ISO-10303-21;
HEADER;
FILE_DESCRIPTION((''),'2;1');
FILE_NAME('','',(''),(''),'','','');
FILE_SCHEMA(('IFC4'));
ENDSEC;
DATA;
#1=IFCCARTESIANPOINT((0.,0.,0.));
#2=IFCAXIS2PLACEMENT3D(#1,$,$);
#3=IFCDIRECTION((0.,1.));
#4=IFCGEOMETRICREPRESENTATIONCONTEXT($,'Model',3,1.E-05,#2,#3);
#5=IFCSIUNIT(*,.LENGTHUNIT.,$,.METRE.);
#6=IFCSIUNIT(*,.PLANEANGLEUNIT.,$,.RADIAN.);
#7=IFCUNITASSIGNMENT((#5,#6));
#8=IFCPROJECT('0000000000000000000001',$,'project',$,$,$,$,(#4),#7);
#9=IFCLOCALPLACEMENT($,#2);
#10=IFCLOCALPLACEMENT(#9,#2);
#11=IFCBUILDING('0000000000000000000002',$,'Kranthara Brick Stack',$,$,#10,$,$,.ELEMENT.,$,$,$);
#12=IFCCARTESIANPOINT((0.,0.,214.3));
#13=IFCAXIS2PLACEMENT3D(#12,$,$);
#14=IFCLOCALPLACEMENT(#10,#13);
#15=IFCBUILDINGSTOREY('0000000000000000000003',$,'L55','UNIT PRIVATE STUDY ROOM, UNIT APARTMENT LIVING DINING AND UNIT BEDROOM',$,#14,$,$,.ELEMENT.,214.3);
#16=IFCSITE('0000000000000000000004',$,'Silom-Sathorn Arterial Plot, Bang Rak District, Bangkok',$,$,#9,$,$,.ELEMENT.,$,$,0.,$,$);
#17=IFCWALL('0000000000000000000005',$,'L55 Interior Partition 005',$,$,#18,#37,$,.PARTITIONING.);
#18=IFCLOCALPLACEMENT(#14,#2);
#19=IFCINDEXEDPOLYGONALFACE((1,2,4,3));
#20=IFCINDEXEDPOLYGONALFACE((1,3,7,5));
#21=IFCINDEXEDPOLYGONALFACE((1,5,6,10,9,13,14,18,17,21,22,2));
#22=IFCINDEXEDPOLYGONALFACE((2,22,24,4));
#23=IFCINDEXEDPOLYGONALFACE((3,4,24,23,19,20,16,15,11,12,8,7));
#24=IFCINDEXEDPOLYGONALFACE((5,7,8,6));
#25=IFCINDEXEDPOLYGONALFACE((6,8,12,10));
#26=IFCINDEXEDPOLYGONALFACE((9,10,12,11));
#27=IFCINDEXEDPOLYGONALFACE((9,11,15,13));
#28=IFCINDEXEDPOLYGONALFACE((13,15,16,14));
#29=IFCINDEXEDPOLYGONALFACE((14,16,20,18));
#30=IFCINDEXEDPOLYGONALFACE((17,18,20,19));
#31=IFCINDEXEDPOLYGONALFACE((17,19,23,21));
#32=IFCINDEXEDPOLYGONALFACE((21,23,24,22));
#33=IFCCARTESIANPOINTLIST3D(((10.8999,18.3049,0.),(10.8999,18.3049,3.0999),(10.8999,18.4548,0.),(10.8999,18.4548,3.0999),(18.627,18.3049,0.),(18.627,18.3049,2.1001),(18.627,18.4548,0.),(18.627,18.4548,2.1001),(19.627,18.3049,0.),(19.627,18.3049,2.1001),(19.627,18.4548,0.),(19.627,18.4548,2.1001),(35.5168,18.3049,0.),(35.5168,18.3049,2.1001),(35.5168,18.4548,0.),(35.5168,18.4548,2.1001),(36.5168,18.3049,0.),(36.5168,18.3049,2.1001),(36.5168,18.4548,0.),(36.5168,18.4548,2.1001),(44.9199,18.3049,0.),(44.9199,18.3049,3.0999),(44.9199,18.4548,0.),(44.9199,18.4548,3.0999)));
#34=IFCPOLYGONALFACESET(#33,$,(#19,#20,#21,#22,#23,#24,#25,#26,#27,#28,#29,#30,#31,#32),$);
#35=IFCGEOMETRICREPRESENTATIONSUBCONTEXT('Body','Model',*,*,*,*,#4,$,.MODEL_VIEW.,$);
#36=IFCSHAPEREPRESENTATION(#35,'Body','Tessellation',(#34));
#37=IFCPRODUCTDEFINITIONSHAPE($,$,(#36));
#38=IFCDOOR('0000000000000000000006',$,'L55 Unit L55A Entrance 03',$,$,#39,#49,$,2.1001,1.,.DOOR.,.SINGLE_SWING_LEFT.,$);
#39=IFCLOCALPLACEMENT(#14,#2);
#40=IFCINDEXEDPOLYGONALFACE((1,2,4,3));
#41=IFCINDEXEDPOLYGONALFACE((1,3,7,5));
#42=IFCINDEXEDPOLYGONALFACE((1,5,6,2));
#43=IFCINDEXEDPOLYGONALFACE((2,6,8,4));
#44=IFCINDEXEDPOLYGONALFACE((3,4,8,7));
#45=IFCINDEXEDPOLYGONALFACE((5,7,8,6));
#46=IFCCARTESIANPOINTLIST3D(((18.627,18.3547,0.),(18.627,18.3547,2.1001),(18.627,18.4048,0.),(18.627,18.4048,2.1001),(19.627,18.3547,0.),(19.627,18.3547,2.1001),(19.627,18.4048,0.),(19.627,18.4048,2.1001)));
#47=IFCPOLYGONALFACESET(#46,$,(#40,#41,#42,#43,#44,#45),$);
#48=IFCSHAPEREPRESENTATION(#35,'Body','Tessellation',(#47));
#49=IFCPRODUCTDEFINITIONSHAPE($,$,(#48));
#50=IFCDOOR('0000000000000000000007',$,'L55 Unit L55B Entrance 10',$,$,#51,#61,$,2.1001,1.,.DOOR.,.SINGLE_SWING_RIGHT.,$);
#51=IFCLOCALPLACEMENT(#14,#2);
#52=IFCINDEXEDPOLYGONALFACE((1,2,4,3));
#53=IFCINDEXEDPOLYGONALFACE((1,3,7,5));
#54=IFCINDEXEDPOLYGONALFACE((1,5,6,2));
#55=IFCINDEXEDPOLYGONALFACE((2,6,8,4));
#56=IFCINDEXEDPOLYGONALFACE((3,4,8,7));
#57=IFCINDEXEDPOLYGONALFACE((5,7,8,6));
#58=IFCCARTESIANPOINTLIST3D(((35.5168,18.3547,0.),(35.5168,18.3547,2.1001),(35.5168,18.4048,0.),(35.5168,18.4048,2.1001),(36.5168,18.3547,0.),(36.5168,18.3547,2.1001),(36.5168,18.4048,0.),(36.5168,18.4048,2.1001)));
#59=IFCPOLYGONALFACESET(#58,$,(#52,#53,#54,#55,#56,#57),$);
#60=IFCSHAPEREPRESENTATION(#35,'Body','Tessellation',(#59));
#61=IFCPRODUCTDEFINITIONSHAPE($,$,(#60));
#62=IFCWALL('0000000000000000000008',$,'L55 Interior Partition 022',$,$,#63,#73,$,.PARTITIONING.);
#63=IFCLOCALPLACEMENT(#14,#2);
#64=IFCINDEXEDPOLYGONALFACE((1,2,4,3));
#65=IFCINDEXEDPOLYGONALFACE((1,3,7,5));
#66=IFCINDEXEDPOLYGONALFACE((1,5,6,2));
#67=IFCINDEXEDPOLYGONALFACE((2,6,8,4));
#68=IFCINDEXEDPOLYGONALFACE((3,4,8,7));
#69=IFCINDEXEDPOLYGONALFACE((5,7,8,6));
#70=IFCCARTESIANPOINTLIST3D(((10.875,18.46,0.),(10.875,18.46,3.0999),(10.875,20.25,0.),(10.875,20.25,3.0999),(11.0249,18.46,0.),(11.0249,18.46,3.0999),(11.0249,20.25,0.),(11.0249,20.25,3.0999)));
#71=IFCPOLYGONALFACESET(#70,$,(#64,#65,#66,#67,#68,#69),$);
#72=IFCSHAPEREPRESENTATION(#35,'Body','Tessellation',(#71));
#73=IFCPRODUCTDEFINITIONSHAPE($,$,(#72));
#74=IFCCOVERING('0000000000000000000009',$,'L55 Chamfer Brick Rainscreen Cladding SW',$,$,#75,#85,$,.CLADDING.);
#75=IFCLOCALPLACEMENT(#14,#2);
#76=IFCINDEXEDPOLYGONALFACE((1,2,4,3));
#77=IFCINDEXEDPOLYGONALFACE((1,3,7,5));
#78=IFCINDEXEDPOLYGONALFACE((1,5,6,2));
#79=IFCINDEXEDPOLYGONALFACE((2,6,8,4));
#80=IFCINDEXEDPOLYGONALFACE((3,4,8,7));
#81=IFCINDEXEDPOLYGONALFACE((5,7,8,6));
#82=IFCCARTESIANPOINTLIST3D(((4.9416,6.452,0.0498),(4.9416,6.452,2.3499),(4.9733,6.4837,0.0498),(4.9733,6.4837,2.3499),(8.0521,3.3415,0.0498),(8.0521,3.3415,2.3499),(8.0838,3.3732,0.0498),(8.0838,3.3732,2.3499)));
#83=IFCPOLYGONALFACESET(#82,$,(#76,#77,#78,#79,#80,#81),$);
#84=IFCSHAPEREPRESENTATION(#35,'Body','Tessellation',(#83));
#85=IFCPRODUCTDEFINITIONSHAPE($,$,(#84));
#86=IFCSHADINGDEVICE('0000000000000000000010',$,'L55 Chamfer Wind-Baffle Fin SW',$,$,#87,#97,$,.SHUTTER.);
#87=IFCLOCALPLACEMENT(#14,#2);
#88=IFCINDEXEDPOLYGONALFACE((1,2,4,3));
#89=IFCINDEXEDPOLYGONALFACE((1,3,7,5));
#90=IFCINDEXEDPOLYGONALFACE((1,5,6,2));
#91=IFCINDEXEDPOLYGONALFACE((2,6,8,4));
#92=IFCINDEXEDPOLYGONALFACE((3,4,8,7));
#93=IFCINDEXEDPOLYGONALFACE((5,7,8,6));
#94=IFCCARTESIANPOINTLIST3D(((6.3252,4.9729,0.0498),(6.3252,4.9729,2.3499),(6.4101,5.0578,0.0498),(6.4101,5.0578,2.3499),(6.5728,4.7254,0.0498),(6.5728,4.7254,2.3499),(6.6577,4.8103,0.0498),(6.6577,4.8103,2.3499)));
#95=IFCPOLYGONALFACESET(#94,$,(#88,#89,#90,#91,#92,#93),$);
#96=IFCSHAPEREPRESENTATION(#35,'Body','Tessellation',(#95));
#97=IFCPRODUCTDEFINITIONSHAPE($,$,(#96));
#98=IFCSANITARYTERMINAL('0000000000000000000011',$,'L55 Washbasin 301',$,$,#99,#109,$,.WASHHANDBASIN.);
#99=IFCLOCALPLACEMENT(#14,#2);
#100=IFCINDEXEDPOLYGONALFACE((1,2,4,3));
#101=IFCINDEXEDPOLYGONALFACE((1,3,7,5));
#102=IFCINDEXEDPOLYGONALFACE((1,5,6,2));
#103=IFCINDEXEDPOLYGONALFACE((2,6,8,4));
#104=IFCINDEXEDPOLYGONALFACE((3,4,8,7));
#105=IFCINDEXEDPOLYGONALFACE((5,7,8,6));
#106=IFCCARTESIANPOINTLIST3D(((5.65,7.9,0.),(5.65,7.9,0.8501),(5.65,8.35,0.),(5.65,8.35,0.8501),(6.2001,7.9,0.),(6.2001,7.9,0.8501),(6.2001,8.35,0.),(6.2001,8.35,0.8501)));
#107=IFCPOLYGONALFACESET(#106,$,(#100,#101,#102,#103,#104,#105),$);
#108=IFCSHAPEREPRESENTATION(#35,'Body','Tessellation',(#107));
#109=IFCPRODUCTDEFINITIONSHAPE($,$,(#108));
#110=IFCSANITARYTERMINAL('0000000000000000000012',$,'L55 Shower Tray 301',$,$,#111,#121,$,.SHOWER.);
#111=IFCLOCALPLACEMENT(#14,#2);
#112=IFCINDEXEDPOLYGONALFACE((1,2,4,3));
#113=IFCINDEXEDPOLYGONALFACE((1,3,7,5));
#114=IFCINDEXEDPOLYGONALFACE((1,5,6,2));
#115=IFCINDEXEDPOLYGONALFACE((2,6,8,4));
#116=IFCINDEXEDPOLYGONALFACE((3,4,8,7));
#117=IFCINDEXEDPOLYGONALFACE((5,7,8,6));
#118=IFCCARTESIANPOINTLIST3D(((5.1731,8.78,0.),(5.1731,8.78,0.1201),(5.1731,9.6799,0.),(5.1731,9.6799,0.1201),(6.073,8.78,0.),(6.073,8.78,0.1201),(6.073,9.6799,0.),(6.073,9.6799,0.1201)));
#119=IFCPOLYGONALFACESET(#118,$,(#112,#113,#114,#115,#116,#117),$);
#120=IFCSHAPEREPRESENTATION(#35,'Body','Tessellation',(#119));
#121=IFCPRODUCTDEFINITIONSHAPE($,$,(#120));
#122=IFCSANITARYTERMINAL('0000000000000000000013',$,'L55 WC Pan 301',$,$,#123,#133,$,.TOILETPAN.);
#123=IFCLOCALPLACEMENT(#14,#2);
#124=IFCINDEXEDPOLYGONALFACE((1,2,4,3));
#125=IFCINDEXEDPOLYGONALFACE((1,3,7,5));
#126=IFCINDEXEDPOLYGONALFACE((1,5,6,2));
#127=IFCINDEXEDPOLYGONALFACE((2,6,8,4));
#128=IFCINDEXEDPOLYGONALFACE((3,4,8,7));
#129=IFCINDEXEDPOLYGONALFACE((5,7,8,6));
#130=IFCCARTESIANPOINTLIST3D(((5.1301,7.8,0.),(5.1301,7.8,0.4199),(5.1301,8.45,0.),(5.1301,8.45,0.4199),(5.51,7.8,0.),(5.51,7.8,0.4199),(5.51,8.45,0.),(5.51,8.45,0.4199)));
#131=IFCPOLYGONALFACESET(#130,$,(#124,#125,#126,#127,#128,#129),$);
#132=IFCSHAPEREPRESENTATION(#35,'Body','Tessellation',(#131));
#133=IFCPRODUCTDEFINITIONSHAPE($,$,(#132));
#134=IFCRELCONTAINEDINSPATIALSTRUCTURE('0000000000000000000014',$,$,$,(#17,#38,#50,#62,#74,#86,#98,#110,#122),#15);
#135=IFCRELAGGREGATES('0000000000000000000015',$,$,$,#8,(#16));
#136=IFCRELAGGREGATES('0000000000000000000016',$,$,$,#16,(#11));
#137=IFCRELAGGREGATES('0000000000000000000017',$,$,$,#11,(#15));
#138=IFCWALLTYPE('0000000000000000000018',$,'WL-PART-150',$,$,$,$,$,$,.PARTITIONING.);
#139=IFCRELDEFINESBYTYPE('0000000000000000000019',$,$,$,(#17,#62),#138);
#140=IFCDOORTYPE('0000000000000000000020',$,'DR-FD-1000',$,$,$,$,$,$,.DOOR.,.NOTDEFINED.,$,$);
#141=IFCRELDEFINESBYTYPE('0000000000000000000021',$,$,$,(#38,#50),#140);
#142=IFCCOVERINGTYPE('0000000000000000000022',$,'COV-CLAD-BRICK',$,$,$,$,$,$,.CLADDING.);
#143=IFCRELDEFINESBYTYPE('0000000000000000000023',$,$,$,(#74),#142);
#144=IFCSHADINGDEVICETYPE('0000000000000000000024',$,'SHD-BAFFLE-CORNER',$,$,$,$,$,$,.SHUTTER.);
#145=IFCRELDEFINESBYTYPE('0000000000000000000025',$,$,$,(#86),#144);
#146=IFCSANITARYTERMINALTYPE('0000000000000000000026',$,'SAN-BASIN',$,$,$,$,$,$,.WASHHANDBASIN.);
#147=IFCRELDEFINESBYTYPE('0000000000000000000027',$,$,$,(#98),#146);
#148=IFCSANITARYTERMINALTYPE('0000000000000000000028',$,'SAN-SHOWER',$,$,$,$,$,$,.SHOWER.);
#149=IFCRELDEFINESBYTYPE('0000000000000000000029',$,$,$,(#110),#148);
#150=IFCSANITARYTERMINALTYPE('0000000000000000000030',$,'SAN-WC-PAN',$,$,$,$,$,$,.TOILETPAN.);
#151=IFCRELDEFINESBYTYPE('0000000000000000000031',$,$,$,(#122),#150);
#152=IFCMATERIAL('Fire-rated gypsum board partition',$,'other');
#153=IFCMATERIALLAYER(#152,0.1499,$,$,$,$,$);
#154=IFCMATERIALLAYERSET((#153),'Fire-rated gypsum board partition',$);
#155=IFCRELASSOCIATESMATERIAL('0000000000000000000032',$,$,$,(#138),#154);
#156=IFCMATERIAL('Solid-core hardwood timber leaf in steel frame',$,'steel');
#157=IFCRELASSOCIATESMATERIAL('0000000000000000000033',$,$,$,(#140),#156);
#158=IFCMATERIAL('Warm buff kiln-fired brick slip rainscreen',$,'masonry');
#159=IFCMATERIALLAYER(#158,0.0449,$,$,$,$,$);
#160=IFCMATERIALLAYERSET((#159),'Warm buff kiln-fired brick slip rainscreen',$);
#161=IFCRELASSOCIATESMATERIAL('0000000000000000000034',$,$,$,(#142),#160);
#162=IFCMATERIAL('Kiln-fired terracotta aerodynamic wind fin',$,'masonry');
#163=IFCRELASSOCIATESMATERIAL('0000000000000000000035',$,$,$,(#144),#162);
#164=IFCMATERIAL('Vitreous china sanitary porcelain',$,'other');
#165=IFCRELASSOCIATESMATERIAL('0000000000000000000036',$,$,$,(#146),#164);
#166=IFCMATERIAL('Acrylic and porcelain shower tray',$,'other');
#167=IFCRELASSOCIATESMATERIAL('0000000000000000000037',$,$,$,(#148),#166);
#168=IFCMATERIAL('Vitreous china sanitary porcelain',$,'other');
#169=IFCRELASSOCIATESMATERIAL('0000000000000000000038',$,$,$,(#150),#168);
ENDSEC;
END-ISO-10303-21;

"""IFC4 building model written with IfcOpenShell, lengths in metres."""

from ifc_helpers import new_model, si_unit, direction, frame, frame_2d, origin, origin_2d, place, context, subcontext, project, spatial, rectangle, extrude, material, layer, layer_set, type_object, element, fill, save


model = new_model("IFC4")

# Units and contexts
model_context = context("Model", 3, precision=1e-05, world=origin(), true_north=direction((0.0, 1.0)))
body_context = subcontext(model_context, "Body", "Model", "MODEL_VIEW")
ifc_project = project(units=[si_unit("LENGTHUNIT", "METRE"), si_unit("PLANEANGLEUNIT", "RADIAN")], contexts=[model_context])

# Site, building, storey
site_placement = place(None, origin())
site = spatial("IfcSite", under=ifc_project, at=site_placement, Name="Silom-Sathorn Arterial Plot, Bang Rak District, Bangkok", CompositionType="ELEMENT", RefElevation=0.0)
building_placement = place(site_placement, origin())
building = spatial("IfcBuilding", under=site, at=building_placement, Name="Kranthara Brick Stack", CompositionType="ELEMENT")
storey_placement = place(building_placement, frame((0.0, 0.0, 214.3)))
storey = spatial("IfcBuildingStorey", under=building, at=storey_placement, Name="L55", Description="UNIT PRIVATE STUDY ROOM, UNIT APARTMENT LIVING DINING AND UNIT BEDROOM", CompositionType="ELEMENT", Elevation=214.3)

# Wall, openings, doors
ifc_material_1 = material(Name="Fire-rated gypsum board partition", Category="other")
ifc_layer_1 = layer(ifc_material_1, 0.1499)
ifc_layer_set_1 = layer_set([ifc_layer_1], Name="Fire-rated gypsum board partition")
wall_type_1 = type_object("IfcWallType", Name="WL-PART-150", PredefinedType="PARTITIONING", material=ifc_layer_set_1)
wall_1_placement = place(storey_placement, frame((10.8999, 18.3799, 0.0), z_axis=(0.0, 0.0, 1.0), x_axis=(1.0, 0.0, 0.0)))
wall_1 = element("IfcWall", 1, at=wall_1_placement, inside=storey, type_object=wall_type_1, Name="L55 Interior Partition 005", PredefinedType="PARTITIONING", context=body_context, shape_type="SweptSolid", body=[
    extrude(rectangle(XDim=34.02, YDim=0.1499, at=frame_2d((17.01, 0.0))), origin(), (0.0, 0.0, 1.0), 3.0999),
])
opening_1_placement = place(wall_1_placement, frame((7.7271, 0.0, 0.0)))
opening_1 = element("IfcOpeningElement", 2, at=opening_1_placement, cuts=wall_1, PredefinedType="OPENING", context=body_context, shape_type="SweptSolid", body=[
    extrude(rectangle(XDim=1.0, YDim=2.1001, at=frame_2d((0.5, 1.05))), frame((0.0, 0.085, 0.0), z_axis=(0.0, -1.0, 0.0), x_axis=(1.0, 0.0, 0.0)), (0.0, 0.0, 1.0), 0.1699),
])
opening_2_placement = place(wall_1_placement, frame((24.6169, 0.0, 0.0)))
opening_2 = element("IfcOpeningElement", 3, at=opening_2_placement, cuts=wall_1, PredefinedType="OPENING", context=body_context, shape_type="SweptSolid", body=[
    extrude(rectangle(XDim=1.0, YDim=2.1001, at=frame_2d((0.5, 1.05))), frame((0.0, 0.085, 0.0), z_axis=(0.0, -1.0, 0.0), x_axis=(1.0, 0.0, 0.0)), (0.0, 0.0, 1.0), 0.1699),
])
ifc_material_2 = material(Name="Solid-core hardwood timber leaf in steel frame", Category="steel")
door_type = type_object("IfcDoorType", Name="DR-FD-1000", OperationType="NOTDEFINED", PredefinedType="DOOR", material=ifc_material_2)
door_1_placement = place(opening_1_placement, origin())
door_1 = element("IfcDoor", 4, at=door_1_placement, inside=storey, type_object=door_type, Name="L55 Unit L55A Entrance 03", OperationType="SINGLE_SWING_LEFT", OverallHeight=2.1001, OverallWidth=1.0, PredefinedType="DOOR", context=body_context, shape_type="SweptSolid", body=[
    extrude(rectangle(XDim=1.0, YDim=2.1001, at=frame_2d((0.5, 1.05))), frame((0.0, 0.0249, 0.0), z_axis=(0.0, -1.0, 0.0), x_axis=(1.0, 0.0, 0.0)), (0.0, 0.0, 1.0), 0.05),
])
fill(opening_1, door_1)
door_2_placement = place(opening_2_placement, origin())
door_2 = element("IfcDoor", 5, at=door_2_placement, inside=storey, type_object=door_type, Name="L55 Unit L55B Entrance 10", OperationType="SINGLE_SWING_RIGHT", OverallHeight=2.1001, OverallWidth=1.0, PredefinedType="DOOR", context=body_context, shape_type="SweptSolid", body=[
    extrude(rectangle(XDim=1.0, YDim=2.1001, at=frame_2d((0.5, 1.05))), frame((0.0, 0.0249, 0.0), z_axis=(0.0, -1.0, 0.0), x_axis=(1.0, 0.0, 0.0)), (0.0, 0.0, 1.0), 0.05),
])
fill(opening_2, door_2)

# Wall
wall_2_placement = place(storey_placement, frame((10.95, 18.46, 0.0), z_axis=(0.0, 0.0, 1.0), x_axis=(0.0, 1.0, 0.0)))
element("IfcWall", 6, at=wall_2_placement, inside=storey, type_object=wall_type_1, Name="L55 Interior Partition 022", PredefinedType="PARTITIONING", context=body_context, shape_type="SweptSolid", body=[
    extrude(rectangle(XDim=1.79, YDim=0.1499, at=frame_2d((0.895, 0.0))), origin(), (0.0, 0.0, 1.0), 3.0999),
])

# Covering
ifc_material_3 = material(Name="Warm buff kiln-fired brick slip rainscreen", Category="masonry")
ifc_layer_2 = layer(ifc_material_3, 0.0449)
ifc_layer_set_2 = layer_set([ifc_layer_2], Name="Warm buff kiln-fired brick slip rainscreen")
covering_type = type_object("IfcCoveringType", Name="COV-CLAD-BRICK", PredefinedType="CLADDING", material=ifc_layer_set_2)
covering_placement = place(storey_placement, frame((6.5127, 4.9126, 0.0498), z_axis=(0.0, 0.0, 1.0), x_axis=(-0.707107, 0.707107, 0.0)))
element("IfcCovering", 7, at=covering_placement, inside=storey, type_object=covering_type, Name="L55 Chamfer Brick Rainscreen Cladding SW", PredefinedType="CLADDING", context=body_context, shape_type="SweptSolid", body=[
    extrude(rectangle(XDim=4.3989, YDim=0.0449, at=origin_2d()), origin(), (0.0, 0.0, 1.0), 2.3),
])

# Shading device
ifc_material_4 = material(Name="Kiln-fired terracotta aerodynamic wind fin", Category="masonry")
shading_device_type = type_object("IfcShadingDeviceType", Name="SHD-BAFFLE-CORNER", PredefinedType="SHUTTER", material=ifc_material_4)
shading_device_placement = place(storey_placement, frame((6.4915, 4.8916, 0.0498), z_axis=(0.0, 0.0, 1.0), x_axis=(-0.707107, 0.707107, 0.0)))
element("IfcShadingDevice", 8, at=shading_device_placement, inside=storey, type_object=shading_device_type, Name="L55 Chamfer Wind-Baffle Fin SW", PredefinedType="SHUTTER", context=body_context, shape_type="SweptSolid", body=[
    extrude(rectangle(XDim=0.3501, YDim=0.1201, at=origin_2d()), origin(), (0.0, 0.0, 1.0), 2.3),
])

# Sanitary terminals
ifc_material_5 = material(Name="Vitreous china sanitary porcelain", Category="other")
sanitary_terminal_type_1 = type_object("IfcSanitaryTerminalType", Name="SAN-BASIN", PredefinedType="WASHHANDBASIN", material=ifc_material_5)
sanitary_terminal_1_placement = place(storey_placement, frame((5.925, 8.125, 0.0), z_axis=(0.0, 0.0, 1.0), x_axis=(1.0, 0.0, 0.0)))
element("IfcSanitaryTerminal", 9, at=sanitary_terminal_1_placement, inside=storey, type_object=sanitary_terminal_type_1, Name="L55 Washbasin 301", PredefinedType="WASHHANDBASIN", context=body_context, shape_type="SweptSolid", body=[
    extrude(rectangle(XDim=0.55, YDim=0.45, at=origin_2d()), origin(), (0.0, 0.0, 1.0), 0.8501),
])
ifc_material_6 = material(Name="Acrylic and porcelain shower tray", Category="other")
sanitary_terminal_type_2 = type_object("IfcSanitaryTerminalType", Name="SAN-SHOWER", PredefinedType="SHOWER", material=ifc_material_6)
sanitary_terminal_2_placement = place(storey_placement, frame((5.623, 9.23, 0.0), z_axis=(0.0, 0.0, 1.0), x_axis=(1.0, 0.0, 0.0)))
element("IfcSanitaryTerminal", 10, at=sanitary_terminal_2_placement, inside=storey, type_object=sanitary_terminal_type_2, Name="L55 Shower Tray 301", PredefinedType="SHOWER", context=body_context, shape_type="SweptSolid", body=[
    extrude(rectangle(XDim=0.8999, YDim=0.8999, at=origin_2d()), origin(), (0.0, 0.0, 1.0), 0.1201),
])
ifc_material_7 = material(Name="Vitreous china sanitary porcelain", Category="other")
sanitary_terminal_type_3 = type_object("IfcSanitaryTerminalType", Name="SAN-WC-PAN", PredefinedType="TOILETPAN", material=ifc_material_7)
sanitary_terminal_3_placement = place(storey_placement, frame((5.3201, 8.125, 0.0), z_axis=(0.0, 0.0, 1.0), x_axis=(1.0, 0.0, 0.0)))
element("IfcSanitaryTerminal", 11, at=sanitary_terminal_3_placement, inside=storey, type_object=sanitary_terminal_type_3, Name="L55 WC Pan 301", PredefinedType="TOILETPAN", context=body_context, shape_type="SweptSolid", body=[
    extrude(rectangle(XDim=0.3799, YDim=0.6499, at=origin_2d()), origin(), (0.0, 0.0, 1.0), 0.4199),
])

save(model, "model.ifc")
